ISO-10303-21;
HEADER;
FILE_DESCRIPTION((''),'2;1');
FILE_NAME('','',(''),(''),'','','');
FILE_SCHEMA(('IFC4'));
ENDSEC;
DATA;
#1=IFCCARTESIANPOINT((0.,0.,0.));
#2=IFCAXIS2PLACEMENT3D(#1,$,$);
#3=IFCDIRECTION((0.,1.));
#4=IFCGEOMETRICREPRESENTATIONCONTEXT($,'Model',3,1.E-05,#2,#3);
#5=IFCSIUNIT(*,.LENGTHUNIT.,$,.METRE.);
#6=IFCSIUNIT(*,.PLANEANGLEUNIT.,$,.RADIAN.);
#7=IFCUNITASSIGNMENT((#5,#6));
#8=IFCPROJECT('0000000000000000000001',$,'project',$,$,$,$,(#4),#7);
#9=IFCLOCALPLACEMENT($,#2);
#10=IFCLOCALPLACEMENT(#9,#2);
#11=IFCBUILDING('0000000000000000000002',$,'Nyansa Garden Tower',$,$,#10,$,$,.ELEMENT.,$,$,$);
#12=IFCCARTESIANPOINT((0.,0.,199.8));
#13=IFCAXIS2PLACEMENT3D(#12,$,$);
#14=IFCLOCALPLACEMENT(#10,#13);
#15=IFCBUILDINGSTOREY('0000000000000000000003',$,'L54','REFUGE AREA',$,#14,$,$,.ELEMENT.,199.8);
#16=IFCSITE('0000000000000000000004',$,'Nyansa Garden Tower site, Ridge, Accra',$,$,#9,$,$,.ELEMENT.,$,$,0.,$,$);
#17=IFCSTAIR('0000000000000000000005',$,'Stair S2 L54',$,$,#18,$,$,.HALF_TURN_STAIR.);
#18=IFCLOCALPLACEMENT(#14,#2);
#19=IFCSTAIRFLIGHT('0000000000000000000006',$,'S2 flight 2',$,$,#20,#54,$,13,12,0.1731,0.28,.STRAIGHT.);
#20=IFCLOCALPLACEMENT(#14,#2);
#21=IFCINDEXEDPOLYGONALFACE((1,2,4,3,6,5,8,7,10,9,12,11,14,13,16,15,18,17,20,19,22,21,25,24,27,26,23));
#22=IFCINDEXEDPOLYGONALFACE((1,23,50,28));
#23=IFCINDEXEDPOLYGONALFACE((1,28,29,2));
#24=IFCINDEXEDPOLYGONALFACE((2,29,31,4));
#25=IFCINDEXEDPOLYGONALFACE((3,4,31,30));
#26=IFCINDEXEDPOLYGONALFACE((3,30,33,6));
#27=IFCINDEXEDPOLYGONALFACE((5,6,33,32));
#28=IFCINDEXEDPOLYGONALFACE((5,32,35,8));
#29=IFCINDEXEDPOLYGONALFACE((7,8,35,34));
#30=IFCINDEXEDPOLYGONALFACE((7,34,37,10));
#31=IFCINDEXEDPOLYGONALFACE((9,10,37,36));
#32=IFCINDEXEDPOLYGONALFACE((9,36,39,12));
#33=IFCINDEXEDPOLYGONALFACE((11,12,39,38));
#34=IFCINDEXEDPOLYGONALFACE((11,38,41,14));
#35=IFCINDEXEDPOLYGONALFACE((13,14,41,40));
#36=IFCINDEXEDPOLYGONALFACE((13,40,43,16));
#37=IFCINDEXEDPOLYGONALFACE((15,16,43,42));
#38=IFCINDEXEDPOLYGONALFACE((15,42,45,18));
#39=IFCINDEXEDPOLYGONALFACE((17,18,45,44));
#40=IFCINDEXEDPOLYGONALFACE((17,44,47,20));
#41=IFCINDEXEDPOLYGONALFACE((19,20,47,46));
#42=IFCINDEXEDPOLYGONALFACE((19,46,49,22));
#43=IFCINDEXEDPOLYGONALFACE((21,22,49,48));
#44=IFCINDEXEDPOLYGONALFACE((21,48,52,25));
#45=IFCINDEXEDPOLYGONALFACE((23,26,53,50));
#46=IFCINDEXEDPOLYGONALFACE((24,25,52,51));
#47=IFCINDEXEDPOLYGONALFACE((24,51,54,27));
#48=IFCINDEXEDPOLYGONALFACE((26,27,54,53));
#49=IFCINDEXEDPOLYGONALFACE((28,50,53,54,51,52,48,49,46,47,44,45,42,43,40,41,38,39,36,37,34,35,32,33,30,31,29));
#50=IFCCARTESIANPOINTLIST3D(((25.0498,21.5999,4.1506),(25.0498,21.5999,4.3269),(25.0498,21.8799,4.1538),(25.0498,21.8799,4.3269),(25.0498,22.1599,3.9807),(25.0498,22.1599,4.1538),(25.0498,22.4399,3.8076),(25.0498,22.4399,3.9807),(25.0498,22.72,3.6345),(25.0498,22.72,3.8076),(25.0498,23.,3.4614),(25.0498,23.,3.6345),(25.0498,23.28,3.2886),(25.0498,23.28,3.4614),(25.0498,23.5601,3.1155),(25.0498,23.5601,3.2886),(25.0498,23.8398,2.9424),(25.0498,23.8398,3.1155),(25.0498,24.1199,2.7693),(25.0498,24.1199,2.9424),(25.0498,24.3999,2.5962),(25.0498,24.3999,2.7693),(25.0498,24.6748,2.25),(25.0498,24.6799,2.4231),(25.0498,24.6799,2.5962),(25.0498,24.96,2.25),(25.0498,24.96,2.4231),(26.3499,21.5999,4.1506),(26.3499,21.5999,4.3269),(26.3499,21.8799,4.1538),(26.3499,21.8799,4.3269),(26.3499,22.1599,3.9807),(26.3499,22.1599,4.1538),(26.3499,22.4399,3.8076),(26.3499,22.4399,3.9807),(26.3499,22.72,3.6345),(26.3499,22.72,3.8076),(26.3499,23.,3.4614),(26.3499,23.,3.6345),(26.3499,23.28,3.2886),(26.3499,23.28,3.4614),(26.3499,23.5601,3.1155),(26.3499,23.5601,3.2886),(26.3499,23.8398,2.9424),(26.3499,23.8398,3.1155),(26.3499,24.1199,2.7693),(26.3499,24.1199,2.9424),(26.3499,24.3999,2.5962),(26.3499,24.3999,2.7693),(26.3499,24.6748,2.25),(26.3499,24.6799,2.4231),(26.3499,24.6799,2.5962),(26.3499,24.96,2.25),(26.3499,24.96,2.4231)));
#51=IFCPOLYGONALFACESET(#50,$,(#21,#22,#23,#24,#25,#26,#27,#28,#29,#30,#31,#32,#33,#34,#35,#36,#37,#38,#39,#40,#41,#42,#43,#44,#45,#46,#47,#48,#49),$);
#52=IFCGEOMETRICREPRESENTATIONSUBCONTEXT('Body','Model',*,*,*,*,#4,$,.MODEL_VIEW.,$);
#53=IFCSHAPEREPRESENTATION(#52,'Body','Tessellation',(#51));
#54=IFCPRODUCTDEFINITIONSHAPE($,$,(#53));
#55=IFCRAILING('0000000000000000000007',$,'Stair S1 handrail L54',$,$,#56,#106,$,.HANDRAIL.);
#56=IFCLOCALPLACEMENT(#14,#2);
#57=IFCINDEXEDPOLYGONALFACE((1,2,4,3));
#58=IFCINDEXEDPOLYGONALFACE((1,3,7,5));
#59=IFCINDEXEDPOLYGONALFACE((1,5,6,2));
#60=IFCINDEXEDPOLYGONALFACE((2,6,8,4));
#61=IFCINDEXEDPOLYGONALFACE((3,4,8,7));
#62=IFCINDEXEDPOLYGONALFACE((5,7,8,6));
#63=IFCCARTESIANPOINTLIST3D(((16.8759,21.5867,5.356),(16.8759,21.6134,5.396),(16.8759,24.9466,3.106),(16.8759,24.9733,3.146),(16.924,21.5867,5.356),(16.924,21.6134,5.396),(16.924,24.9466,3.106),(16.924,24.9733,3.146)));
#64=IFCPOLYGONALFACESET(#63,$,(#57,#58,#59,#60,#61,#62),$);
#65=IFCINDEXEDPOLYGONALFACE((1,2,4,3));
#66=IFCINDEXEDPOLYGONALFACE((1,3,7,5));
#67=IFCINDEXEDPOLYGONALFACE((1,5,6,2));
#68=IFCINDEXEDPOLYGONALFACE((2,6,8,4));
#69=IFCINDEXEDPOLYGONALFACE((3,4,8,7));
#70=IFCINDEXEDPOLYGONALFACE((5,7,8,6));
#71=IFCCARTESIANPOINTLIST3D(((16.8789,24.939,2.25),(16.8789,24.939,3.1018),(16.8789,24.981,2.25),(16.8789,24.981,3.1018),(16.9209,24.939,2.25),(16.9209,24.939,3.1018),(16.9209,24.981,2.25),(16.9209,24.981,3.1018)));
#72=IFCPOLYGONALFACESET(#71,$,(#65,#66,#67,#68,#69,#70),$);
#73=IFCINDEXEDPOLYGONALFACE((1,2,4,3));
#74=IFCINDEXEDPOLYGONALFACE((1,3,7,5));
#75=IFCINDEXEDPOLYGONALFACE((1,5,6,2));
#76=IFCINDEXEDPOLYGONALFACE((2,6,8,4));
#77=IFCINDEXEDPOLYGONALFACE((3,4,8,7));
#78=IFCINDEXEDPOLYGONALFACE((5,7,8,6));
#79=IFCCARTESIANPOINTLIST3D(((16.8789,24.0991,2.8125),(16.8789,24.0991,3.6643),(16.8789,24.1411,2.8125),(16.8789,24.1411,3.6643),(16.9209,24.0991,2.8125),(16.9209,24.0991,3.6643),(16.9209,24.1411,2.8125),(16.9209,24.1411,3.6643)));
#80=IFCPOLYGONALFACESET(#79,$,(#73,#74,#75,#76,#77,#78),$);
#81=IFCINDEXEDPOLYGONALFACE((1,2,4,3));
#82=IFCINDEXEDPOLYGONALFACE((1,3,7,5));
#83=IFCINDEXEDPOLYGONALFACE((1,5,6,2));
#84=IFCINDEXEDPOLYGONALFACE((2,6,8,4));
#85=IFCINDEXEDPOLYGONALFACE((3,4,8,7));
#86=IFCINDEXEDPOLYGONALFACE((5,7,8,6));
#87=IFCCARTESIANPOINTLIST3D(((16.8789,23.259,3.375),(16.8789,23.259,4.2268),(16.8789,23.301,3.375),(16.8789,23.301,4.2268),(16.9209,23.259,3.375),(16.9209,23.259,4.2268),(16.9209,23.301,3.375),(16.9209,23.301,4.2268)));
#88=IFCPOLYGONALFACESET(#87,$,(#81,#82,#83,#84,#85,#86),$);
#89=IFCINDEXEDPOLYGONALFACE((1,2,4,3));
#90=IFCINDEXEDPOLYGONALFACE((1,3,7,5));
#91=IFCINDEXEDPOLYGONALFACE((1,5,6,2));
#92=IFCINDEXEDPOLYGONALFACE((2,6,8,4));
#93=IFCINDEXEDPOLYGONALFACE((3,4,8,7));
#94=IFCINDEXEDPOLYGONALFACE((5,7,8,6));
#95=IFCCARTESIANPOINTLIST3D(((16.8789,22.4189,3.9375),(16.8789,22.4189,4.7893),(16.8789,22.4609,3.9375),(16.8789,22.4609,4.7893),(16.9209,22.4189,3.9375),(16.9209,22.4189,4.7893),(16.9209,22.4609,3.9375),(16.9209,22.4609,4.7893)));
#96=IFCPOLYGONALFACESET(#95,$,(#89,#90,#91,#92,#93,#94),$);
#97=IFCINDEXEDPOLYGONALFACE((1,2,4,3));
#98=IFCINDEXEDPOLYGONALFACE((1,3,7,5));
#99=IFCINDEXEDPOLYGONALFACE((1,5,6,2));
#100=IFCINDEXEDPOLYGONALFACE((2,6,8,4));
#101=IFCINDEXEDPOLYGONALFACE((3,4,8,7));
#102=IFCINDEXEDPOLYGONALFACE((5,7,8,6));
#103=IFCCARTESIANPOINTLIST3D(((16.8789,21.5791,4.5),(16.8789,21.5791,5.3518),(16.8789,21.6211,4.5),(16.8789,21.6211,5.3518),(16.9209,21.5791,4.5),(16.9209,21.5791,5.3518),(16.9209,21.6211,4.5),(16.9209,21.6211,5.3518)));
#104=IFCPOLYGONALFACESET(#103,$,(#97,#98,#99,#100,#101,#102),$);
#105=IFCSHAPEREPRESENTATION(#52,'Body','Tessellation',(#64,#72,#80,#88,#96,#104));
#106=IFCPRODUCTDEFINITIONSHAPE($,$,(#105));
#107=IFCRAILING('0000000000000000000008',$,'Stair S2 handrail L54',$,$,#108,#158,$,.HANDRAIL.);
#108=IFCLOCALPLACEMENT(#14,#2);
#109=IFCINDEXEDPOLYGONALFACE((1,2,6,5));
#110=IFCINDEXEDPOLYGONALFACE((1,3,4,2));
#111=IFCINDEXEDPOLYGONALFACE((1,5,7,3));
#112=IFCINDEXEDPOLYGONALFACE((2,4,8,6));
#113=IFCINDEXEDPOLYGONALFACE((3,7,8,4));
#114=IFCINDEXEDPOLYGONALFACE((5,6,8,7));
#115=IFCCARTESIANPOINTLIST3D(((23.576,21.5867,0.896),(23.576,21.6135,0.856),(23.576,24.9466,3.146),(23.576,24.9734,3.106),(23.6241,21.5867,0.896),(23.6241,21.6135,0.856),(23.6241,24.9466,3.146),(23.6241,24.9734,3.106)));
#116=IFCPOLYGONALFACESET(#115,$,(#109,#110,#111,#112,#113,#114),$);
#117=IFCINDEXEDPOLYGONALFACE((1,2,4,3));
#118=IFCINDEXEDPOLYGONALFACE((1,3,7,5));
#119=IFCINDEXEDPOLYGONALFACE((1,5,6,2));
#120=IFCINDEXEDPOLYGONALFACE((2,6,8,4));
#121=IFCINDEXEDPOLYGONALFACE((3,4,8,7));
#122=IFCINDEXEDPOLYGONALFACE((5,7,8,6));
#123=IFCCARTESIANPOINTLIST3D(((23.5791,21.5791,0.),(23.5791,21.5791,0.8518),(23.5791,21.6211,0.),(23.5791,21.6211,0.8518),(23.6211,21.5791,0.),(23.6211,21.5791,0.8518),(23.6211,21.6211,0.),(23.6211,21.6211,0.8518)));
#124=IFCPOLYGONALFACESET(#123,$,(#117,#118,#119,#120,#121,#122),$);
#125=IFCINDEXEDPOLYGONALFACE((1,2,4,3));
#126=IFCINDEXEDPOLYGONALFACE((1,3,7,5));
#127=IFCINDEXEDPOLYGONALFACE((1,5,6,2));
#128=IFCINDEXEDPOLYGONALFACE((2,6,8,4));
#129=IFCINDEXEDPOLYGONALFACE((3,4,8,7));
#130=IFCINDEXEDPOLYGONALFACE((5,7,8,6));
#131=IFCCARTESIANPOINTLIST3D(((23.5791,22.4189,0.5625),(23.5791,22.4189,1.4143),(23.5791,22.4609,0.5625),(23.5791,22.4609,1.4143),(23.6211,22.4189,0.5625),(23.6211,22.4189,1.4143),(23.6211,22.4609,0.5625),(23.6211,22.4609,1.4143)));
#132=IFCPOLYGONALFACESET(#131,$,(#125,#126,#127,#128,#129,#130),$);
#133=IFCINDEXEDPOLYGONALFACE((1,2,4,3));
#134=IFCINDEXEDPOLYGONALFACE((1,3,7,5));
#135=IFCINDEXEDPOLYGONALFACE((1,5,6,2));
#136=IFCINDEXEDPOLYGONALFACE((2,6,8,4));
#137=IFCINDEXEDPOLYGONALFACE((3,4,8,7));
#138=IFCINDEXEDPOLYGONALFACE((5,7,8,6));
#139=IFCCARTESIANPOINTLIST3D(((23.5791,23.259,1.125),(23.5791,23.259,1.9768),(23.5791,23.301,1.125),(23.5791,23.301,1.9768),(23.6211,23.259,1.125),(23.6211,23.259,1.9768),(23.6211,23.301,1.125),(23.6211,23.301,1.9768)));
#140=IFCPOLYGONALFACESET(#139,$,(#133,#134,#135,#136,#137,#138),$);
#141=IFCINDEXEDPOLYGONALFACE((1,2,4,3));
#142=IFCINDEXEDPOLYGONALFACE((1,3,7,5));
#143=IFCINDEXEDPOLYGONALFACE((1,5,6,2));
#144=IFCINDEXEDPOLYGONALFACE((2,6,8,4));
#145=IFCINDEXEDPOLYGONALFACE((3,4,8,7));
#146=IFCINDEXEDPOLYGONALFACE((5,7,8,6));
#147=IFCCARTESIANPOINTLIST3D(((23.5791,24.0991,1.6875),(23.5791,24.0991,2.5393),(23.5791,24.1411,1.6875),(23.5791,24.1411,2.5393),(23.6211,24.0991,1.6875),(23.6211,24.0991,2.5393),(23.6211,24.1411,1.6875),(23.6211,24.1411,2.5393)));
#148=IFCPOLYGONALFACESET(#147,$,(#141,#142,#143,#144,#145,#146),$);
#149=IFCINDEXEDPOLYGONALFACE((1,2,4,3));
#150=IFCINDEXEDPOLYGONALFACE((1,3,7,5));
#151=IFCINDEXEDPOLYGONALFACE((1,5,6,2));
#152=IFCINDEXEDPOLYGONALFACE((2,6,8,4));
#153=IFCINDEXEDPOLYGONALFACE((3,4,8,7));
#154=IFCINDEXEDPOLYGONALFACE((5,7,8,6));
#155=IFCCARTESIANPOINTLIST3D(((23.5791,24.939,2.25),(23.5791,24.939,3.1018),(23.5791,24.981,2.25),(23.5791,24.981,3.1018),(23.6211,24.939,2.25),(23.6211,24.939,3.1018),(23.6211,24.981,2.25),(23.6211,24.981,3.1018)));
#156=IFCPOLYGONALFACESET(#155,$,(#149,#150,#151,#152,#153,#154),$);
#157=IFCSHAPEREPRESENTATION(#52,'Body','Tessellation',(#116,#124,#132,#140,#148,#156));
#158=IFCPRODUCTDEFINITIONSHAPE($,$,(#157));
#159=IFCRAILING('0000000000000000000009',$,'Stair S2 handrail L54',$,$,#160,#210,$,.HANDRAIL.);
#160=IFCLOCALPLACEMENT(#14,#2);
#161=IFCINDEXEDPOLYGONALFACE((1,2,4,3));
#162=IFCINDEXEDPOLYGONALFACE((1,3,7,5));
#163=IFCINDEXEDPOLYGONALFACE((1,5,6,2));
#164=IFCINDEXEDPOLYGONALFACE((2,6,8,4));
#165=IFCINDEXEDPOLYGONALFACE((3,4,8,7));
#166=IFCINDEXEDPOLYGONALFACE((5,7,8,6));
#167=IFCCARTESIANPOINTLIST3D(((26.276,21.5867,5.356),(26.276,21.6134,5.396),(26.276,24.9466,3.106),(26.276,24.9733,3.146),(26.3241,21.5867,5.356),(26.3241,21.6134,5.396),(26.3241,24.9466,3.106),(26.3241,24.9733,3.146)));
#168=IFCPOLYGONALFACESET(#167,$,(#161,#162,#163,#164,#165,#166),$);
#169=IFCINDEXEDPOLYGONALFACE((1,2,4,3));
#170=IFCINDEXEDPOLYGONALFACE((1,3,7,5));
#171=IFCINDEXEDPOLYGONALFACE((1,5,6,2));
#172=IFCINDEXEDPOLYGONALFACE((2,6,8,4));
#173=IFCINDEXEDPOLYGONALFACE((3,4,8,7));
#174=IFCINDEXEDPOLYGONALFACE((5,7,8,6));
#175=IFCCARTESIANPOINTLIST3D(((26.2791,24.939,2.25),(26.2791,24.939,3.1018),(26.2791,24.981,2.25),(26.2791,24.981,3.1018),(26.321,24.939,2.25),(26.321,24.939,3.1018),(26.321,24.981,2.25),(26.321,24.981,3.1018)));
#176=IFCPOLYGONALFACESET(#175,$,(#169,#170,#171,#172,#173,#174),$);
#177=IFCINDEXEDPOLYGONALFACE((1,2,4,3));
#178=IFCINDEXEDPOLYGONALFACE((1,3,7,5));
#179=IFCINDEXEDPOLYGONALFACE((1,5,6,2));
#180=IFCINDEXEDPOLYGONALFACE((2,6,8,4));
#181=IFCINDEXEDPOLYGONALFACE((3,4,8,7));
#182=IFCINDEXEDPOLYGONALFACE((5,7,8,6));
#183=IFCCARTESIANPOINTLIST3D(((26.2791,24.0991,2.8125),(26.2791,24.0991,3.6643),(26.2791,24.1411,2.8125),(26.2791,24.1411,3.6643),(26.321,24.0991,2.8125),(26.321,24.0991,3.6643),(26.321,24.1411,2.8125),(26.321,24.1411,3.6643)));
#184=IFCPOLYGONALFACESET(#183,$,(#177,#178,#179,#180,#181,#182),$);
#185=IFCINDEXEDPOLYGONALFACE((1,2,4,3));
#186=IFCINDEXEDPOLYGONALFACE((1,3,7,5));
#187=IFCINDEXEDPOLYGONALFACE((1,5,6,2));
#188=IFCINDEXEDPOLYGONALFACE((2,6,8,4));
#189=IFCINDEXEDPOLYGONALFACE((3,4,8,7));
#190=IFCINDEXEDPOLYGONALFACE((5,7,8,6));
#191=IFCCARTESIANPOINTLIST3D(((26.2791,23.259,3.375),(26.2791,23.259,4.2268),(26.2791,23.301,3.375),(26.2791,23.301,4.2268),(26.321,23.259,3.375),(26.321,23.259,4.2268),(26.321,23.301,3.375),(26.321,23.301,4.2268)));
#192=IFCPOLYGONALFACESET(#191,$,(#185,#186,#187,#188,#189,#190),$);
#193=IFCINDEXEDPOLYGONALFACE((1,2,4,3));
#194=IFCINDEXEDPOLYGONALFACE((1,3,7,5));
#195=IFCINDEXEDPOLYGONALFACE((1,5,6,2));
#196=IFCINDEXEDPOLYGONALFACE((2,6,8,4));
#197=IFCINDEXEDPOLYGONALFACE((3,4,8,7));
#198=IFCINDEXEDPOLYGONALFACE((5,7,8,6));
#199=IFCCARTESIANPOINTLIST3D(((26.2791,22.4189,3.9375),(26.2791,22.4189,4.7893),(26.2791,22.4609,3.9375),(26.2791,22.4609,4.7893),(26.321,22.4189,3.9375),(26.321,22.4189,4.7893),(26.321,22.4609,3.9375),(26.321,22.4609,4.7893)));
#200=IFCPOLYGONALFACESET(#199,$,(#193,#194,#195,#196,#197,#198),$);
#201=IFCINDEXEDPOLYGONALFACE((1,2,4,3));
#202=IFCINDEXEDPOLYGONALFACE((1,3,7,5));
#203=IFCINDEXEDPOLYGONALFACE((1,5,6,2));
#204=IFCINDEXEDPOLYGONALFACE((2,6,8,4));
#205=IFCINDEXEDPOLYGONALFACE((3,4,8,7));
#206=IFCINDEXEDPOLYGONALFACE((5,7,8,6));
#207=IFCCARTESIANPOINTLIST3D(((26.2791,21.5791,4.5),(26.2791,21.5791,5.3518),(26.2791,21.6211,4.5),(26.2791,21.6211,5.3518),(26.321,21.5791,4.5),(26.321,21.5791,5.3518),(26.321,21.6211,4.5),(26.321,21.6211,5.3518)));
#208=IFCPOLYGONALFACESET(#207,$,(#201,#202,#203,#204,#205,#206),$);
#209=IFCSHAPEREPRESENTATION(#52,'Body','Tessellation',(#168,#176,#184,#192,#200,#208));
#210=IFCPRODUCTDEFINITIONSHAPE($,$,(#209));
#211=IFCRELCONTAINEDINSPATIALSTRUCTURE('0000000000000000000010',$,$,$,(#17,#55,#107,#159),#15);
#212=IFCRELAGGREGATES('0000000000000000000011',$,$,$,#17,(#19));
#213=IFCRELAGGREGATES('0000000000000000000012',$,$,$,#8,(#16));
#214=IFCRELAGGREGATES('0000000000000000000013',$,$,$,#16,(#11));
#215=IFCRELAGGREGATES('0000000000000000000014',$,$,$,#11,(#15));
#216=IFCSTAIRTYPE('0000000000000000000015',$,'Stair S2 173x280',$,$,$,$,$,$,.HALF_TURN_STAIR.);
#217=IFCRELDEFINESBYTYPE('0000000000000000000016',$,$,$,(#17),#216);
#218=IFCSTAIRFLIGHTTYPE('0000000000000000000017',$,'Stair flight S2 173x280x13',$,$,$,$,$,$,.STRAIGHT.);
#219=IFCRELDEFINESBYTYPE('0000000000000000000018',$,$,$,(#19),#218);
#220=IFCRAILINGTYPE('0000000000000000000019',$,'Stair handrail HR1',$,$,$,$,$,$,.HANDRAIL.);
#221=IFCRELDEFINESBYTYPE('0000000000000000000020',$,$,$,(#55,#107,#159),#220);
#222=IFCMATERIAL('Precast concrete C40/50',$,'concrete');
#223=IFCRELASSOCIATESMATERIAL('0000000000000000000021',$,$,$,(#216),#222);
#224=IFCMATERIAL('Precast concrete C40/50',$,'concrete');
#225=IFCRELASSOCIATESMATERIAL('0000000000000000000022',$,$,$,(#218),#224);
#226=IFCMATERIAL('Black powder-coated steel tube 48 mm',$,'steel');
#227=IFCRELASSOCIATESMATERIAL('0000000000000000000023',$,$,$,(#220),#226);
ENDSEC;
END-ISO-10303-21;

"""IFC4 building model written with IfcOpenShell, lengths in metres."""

from ifc_helpers import new_model, si_unit, direction, frame, origin, origin_2d, place, context, subcontext, project, spatial, polyline, rectangle, outline, extrude, material, type_object, element, aggregate, save


model = new_model("IFC4")

# Units and contexts
model_context = context("Model", 3, precision=1e-05, world=origin(), true_north=direction((0.0, 1.0)))
body_context = subcontext(model_context, "Body", "Model", "MODEL_VIEW")
ifc_project = project(units=[si_unit("LENGTHUNIT", "METRE"), si_unit("PLANEANGLEUNIT", "RADIAN")], contexts=[model_context])

# Site, building, storey
site_placement = place(None, origin())
site = spatial("IfcSite", under=ifc_project, at=site_placement, Name="Nyansa Garden Tower site, Ridge, Accra", CompositionType="ELEMENT", RefElevation=0.0)
building_placement = place(site_placement, origin())
building = spatial("IfcBuilding", under=site, at=building_placement, Name="Nyansa Garden Tower", CompositionType="ELEMENT")
storey_placement = place(building_placement, frame((0.0, 0.0, 199.8)))
storey = spatial("IfcBuildingStorey", under=building, at=storey_placement, Name="L54", Description="REFUGE AREA", CompositionType="ELEMENT", Elevation=199.8)

# Stair, stair flight
ifc_material_1 = material(Name="Precast concrete C40/50", Category="concrete")
stair_type = type_object("IfcStairType", Name="Stair S2 173x280", PredefinedType="HALF_TURN_STAIR", material=ifc_material_1)
stair_placement = place(storey_placement, origin())
stair = element("IfcStair", 1, at=stair_placement, inside=storey, type_object=stair_type, Name="Stair S2 L54", PredefinedType="HALF_TURN_STAIR")
ifc_material_2 = material(Name="Precast concrete C40/50", Category="concrete")
stair_flight_type = type_object("IfcStairFlightType", Name="Stair flight S2 173x280x13", PredefinedType="STRAIGHT", material=ifc_material_2)
stair_flight_1_placement = place(storey_placement, frame((25.7, 24.96, 2.25), z_axis=(0.0, 0.0, 1.0), x_axis=(0.0, -1.0, 0.0)))
stair_flight_1 = element("IfcStairFlight", 2, at=stair_flight_1_placement, type_object=stair_flight_type, Name="S2 flight 2", NumberOfRisers=13, NumberOfTreads=12, PredefinedType="STRAIGHT", RiserHeight=0.1731, TreadLength=0.28, context=body_context, shape_type="SweptSolid", body=[
    extrude(outline(polyline([(0.0, 0.0), (0.0, 0.1731), (0.28, 0.1731), (0.28, 0.3462), (0.5601, 0.3462), (0.5601, 0.5193), (0.8401, 0.5193), (0.8401, 0.6924), (1.1201, 0.6924), (1.1201, 0.8655), (1.3999, 0.8655), (1.3999, 1.0386), (1.6799, 1.0386), (1.6799, 1.2114), (1.96, 1.2114), (1.96, 1.3845), (2.24, 1.3845), (2.24, 1.5576), (2.52, 1.5576), (2.52, 1.7307), (2.8, 1.7307), (2.8, 1.9038), (3.0801, 1.9038), (3.0801, 2.0769), (3.3601, 2.0769), (3.3601, 2.25), (3.3601, 1.9006), (0.2852, 0.0), (0.0, 0.0)])), frame((0.0, 0.6499, 0.0), z_axis=(0.0, -1.0, 0.0), x_axis=(1.0, 0.0, 0.0)), (0.0, 0.0, 1.0), 1.3),
])
aggregate(stair, [stair_flight_1])

# Railings
ifc_material_3 = material(Name="Black powder-coated steel tube 48 mm", Category="steel")
railing_type = type_object("IfcRailingType", Name="Stair handrail HR1", PredefinedType="HANDRAIL", material=ifc_material_3)
railing_1_placement = place(storey_placement, frame((16.8999, 24.96, 2.25)))
element("IfcRailing", 3, at=railing_1_placement, inside=storey, type_object=railing_type, Name="Stair S1 handrail L54", PredefinedType="HANDRAIL", context=body_context, shape_type="SweptSolid", body=[
    extrude(rectangle(XDim=0.0481, YDim=0.0481, at=origin_2d()), frame((0.0, 0.0, 0.876), z_axis=(0.0, -0.830897, 0.556427), x_axis=(1.0, 0.0, 0.0)), (0.0, 0.0, 1.0), 4.0437),
    extrude(rectangle(XDim=0.042, YDim=0.042, at=origin_2d()), origin(), (0.0, 0.0, 1.0), 0.8518),
    extrude(rectangle(XDim=0.042, YDim=0.042, at=origin_2d()), frame((0.0, -0.8398, 0.5625)), (0.0, 0.0, 1.0), 0.8518),
    extrude(rectangle(XDim=0.042, YDim=0.042, at=origin_2d()), frame((0.0, -1.6799, 1.125)), (0.0, 0.0, 1.0), 0.8518),
    extrude(rectangle(XDim=0.042, YDim=0.042, at=origin_2d()), frame((0.0, -2.52, 1.6875)), (0.0, 0.0, 1.0), 0.8518),
    extrude(rectangle(XDim=0.042, YDim=0.042, at=origin_2d()), frame((0.0, -3.3599, 2.25)), (0.0, 0.0, 1.0), 0.8518),
])
railing_2_placement = place(storey_placement, frame((23.6001, 21.6001, 0.0)))
element("IfcRailing", 4, at=railing_2_placement, inside=storey, type_object=railing_type, Name="Stair S2 handrail L54", PredefinedType="HANDRAIL", context=body_context, shape_type="SweptSolid", body=[
    extrude(rectangle(XDim=0.0481, YDim=0.0481, at=origin_2d()), frame((0.0, 0.0, 0.876), z_axis=(0.0, 0.830897, 0.556427), x_axis=(-1.0, 0.0, 0.0)), (0.0, 0.0, 1.0), 4.0437),
    extrude(rectangle(XDim=0.042, YDim=0.042, at=origin_2d()), origin(), (0.0, 0.0, 1.0), 0.8518),
    extrude(rectangle(XDim=0.042, YDim=0.042, at=origin_2d()), frame((0.0, 0.8398, 0.5625)), (0.0, 0.0, 1.0), 0.8518),
    extrude(rectangle(XDim=0.042, YDim=0.042, at=origin_2d()), frame((0.0, 1.6799, 1.125)), (0.0, 0.0, 1.0), 0.8518),
    extrude(rectangle(XDim=0.042, YDim=0.042, at=origin_2d()), frame((0.0, 2.52, 1.6875)), (0.0, 0.0, 1.0), 0.8518),
    extrude(rectangle(XDim=0.042, YDim=0.042, at=origin_2d()), frame((0.0, 3.3599, 2.25)), (0.0, 0.0, 1.0), 0.8518),
])
railing_3_placement = place(storey_placement, frame((26.3, 24.96, 2.25)))
element("IfcRailing", 5, at=railing_3_placement, inside=storey, type_object=railing_type, Name="Stair S2 handrail L54", PredefinedType="HANDRAIL", context=body_context, shape_type="SweptSolid", body=[
    extrude(rectangle(XDim=0.0481, YDim=0.0481, at=origin_2d()), frame((0.0, 0.0, 0.876), z_axis=(0.0, -0.830897, 0.556427), x_axis=(1.0, 0.0, 0.0)), (0.0, 0.0, 1.0), 4.0437),
    extrude(rectangle(XDim=0.042, YDim=0.042, at=origin_2d()), origin(), (0.0, 0.0, 1.0), 0.8518),
    extrude(rectangle(XDim=0.042, YDim=0.042, at=origin_2d()), frame((0.0, -0.8398, 0.5625)), (0.0, 0.0, 1.0), 0.8518),
    extrude(rectangle(XDim=0.042, YDim=0.042, at=origin_2d()), frame((0.0, -1.6799, 1.125)), (0.0, 0.0, 1.0), 0.8518),
    extrude(rectangle(XDim=0.042, YDim=0.042, at=origin_2d()), frame((0.0, -2.52, 1.6875)), (0.0, 0.0, 1.0), 0.8518),
    extrude(rectangle(XDim=0.042, YDim=0.042, at=origin_2d()), frame((0.0, -3.3599, 2.25)), (0.0, 0.0, 1.0), 0.8518),
])

save(model, "model.ifc")
